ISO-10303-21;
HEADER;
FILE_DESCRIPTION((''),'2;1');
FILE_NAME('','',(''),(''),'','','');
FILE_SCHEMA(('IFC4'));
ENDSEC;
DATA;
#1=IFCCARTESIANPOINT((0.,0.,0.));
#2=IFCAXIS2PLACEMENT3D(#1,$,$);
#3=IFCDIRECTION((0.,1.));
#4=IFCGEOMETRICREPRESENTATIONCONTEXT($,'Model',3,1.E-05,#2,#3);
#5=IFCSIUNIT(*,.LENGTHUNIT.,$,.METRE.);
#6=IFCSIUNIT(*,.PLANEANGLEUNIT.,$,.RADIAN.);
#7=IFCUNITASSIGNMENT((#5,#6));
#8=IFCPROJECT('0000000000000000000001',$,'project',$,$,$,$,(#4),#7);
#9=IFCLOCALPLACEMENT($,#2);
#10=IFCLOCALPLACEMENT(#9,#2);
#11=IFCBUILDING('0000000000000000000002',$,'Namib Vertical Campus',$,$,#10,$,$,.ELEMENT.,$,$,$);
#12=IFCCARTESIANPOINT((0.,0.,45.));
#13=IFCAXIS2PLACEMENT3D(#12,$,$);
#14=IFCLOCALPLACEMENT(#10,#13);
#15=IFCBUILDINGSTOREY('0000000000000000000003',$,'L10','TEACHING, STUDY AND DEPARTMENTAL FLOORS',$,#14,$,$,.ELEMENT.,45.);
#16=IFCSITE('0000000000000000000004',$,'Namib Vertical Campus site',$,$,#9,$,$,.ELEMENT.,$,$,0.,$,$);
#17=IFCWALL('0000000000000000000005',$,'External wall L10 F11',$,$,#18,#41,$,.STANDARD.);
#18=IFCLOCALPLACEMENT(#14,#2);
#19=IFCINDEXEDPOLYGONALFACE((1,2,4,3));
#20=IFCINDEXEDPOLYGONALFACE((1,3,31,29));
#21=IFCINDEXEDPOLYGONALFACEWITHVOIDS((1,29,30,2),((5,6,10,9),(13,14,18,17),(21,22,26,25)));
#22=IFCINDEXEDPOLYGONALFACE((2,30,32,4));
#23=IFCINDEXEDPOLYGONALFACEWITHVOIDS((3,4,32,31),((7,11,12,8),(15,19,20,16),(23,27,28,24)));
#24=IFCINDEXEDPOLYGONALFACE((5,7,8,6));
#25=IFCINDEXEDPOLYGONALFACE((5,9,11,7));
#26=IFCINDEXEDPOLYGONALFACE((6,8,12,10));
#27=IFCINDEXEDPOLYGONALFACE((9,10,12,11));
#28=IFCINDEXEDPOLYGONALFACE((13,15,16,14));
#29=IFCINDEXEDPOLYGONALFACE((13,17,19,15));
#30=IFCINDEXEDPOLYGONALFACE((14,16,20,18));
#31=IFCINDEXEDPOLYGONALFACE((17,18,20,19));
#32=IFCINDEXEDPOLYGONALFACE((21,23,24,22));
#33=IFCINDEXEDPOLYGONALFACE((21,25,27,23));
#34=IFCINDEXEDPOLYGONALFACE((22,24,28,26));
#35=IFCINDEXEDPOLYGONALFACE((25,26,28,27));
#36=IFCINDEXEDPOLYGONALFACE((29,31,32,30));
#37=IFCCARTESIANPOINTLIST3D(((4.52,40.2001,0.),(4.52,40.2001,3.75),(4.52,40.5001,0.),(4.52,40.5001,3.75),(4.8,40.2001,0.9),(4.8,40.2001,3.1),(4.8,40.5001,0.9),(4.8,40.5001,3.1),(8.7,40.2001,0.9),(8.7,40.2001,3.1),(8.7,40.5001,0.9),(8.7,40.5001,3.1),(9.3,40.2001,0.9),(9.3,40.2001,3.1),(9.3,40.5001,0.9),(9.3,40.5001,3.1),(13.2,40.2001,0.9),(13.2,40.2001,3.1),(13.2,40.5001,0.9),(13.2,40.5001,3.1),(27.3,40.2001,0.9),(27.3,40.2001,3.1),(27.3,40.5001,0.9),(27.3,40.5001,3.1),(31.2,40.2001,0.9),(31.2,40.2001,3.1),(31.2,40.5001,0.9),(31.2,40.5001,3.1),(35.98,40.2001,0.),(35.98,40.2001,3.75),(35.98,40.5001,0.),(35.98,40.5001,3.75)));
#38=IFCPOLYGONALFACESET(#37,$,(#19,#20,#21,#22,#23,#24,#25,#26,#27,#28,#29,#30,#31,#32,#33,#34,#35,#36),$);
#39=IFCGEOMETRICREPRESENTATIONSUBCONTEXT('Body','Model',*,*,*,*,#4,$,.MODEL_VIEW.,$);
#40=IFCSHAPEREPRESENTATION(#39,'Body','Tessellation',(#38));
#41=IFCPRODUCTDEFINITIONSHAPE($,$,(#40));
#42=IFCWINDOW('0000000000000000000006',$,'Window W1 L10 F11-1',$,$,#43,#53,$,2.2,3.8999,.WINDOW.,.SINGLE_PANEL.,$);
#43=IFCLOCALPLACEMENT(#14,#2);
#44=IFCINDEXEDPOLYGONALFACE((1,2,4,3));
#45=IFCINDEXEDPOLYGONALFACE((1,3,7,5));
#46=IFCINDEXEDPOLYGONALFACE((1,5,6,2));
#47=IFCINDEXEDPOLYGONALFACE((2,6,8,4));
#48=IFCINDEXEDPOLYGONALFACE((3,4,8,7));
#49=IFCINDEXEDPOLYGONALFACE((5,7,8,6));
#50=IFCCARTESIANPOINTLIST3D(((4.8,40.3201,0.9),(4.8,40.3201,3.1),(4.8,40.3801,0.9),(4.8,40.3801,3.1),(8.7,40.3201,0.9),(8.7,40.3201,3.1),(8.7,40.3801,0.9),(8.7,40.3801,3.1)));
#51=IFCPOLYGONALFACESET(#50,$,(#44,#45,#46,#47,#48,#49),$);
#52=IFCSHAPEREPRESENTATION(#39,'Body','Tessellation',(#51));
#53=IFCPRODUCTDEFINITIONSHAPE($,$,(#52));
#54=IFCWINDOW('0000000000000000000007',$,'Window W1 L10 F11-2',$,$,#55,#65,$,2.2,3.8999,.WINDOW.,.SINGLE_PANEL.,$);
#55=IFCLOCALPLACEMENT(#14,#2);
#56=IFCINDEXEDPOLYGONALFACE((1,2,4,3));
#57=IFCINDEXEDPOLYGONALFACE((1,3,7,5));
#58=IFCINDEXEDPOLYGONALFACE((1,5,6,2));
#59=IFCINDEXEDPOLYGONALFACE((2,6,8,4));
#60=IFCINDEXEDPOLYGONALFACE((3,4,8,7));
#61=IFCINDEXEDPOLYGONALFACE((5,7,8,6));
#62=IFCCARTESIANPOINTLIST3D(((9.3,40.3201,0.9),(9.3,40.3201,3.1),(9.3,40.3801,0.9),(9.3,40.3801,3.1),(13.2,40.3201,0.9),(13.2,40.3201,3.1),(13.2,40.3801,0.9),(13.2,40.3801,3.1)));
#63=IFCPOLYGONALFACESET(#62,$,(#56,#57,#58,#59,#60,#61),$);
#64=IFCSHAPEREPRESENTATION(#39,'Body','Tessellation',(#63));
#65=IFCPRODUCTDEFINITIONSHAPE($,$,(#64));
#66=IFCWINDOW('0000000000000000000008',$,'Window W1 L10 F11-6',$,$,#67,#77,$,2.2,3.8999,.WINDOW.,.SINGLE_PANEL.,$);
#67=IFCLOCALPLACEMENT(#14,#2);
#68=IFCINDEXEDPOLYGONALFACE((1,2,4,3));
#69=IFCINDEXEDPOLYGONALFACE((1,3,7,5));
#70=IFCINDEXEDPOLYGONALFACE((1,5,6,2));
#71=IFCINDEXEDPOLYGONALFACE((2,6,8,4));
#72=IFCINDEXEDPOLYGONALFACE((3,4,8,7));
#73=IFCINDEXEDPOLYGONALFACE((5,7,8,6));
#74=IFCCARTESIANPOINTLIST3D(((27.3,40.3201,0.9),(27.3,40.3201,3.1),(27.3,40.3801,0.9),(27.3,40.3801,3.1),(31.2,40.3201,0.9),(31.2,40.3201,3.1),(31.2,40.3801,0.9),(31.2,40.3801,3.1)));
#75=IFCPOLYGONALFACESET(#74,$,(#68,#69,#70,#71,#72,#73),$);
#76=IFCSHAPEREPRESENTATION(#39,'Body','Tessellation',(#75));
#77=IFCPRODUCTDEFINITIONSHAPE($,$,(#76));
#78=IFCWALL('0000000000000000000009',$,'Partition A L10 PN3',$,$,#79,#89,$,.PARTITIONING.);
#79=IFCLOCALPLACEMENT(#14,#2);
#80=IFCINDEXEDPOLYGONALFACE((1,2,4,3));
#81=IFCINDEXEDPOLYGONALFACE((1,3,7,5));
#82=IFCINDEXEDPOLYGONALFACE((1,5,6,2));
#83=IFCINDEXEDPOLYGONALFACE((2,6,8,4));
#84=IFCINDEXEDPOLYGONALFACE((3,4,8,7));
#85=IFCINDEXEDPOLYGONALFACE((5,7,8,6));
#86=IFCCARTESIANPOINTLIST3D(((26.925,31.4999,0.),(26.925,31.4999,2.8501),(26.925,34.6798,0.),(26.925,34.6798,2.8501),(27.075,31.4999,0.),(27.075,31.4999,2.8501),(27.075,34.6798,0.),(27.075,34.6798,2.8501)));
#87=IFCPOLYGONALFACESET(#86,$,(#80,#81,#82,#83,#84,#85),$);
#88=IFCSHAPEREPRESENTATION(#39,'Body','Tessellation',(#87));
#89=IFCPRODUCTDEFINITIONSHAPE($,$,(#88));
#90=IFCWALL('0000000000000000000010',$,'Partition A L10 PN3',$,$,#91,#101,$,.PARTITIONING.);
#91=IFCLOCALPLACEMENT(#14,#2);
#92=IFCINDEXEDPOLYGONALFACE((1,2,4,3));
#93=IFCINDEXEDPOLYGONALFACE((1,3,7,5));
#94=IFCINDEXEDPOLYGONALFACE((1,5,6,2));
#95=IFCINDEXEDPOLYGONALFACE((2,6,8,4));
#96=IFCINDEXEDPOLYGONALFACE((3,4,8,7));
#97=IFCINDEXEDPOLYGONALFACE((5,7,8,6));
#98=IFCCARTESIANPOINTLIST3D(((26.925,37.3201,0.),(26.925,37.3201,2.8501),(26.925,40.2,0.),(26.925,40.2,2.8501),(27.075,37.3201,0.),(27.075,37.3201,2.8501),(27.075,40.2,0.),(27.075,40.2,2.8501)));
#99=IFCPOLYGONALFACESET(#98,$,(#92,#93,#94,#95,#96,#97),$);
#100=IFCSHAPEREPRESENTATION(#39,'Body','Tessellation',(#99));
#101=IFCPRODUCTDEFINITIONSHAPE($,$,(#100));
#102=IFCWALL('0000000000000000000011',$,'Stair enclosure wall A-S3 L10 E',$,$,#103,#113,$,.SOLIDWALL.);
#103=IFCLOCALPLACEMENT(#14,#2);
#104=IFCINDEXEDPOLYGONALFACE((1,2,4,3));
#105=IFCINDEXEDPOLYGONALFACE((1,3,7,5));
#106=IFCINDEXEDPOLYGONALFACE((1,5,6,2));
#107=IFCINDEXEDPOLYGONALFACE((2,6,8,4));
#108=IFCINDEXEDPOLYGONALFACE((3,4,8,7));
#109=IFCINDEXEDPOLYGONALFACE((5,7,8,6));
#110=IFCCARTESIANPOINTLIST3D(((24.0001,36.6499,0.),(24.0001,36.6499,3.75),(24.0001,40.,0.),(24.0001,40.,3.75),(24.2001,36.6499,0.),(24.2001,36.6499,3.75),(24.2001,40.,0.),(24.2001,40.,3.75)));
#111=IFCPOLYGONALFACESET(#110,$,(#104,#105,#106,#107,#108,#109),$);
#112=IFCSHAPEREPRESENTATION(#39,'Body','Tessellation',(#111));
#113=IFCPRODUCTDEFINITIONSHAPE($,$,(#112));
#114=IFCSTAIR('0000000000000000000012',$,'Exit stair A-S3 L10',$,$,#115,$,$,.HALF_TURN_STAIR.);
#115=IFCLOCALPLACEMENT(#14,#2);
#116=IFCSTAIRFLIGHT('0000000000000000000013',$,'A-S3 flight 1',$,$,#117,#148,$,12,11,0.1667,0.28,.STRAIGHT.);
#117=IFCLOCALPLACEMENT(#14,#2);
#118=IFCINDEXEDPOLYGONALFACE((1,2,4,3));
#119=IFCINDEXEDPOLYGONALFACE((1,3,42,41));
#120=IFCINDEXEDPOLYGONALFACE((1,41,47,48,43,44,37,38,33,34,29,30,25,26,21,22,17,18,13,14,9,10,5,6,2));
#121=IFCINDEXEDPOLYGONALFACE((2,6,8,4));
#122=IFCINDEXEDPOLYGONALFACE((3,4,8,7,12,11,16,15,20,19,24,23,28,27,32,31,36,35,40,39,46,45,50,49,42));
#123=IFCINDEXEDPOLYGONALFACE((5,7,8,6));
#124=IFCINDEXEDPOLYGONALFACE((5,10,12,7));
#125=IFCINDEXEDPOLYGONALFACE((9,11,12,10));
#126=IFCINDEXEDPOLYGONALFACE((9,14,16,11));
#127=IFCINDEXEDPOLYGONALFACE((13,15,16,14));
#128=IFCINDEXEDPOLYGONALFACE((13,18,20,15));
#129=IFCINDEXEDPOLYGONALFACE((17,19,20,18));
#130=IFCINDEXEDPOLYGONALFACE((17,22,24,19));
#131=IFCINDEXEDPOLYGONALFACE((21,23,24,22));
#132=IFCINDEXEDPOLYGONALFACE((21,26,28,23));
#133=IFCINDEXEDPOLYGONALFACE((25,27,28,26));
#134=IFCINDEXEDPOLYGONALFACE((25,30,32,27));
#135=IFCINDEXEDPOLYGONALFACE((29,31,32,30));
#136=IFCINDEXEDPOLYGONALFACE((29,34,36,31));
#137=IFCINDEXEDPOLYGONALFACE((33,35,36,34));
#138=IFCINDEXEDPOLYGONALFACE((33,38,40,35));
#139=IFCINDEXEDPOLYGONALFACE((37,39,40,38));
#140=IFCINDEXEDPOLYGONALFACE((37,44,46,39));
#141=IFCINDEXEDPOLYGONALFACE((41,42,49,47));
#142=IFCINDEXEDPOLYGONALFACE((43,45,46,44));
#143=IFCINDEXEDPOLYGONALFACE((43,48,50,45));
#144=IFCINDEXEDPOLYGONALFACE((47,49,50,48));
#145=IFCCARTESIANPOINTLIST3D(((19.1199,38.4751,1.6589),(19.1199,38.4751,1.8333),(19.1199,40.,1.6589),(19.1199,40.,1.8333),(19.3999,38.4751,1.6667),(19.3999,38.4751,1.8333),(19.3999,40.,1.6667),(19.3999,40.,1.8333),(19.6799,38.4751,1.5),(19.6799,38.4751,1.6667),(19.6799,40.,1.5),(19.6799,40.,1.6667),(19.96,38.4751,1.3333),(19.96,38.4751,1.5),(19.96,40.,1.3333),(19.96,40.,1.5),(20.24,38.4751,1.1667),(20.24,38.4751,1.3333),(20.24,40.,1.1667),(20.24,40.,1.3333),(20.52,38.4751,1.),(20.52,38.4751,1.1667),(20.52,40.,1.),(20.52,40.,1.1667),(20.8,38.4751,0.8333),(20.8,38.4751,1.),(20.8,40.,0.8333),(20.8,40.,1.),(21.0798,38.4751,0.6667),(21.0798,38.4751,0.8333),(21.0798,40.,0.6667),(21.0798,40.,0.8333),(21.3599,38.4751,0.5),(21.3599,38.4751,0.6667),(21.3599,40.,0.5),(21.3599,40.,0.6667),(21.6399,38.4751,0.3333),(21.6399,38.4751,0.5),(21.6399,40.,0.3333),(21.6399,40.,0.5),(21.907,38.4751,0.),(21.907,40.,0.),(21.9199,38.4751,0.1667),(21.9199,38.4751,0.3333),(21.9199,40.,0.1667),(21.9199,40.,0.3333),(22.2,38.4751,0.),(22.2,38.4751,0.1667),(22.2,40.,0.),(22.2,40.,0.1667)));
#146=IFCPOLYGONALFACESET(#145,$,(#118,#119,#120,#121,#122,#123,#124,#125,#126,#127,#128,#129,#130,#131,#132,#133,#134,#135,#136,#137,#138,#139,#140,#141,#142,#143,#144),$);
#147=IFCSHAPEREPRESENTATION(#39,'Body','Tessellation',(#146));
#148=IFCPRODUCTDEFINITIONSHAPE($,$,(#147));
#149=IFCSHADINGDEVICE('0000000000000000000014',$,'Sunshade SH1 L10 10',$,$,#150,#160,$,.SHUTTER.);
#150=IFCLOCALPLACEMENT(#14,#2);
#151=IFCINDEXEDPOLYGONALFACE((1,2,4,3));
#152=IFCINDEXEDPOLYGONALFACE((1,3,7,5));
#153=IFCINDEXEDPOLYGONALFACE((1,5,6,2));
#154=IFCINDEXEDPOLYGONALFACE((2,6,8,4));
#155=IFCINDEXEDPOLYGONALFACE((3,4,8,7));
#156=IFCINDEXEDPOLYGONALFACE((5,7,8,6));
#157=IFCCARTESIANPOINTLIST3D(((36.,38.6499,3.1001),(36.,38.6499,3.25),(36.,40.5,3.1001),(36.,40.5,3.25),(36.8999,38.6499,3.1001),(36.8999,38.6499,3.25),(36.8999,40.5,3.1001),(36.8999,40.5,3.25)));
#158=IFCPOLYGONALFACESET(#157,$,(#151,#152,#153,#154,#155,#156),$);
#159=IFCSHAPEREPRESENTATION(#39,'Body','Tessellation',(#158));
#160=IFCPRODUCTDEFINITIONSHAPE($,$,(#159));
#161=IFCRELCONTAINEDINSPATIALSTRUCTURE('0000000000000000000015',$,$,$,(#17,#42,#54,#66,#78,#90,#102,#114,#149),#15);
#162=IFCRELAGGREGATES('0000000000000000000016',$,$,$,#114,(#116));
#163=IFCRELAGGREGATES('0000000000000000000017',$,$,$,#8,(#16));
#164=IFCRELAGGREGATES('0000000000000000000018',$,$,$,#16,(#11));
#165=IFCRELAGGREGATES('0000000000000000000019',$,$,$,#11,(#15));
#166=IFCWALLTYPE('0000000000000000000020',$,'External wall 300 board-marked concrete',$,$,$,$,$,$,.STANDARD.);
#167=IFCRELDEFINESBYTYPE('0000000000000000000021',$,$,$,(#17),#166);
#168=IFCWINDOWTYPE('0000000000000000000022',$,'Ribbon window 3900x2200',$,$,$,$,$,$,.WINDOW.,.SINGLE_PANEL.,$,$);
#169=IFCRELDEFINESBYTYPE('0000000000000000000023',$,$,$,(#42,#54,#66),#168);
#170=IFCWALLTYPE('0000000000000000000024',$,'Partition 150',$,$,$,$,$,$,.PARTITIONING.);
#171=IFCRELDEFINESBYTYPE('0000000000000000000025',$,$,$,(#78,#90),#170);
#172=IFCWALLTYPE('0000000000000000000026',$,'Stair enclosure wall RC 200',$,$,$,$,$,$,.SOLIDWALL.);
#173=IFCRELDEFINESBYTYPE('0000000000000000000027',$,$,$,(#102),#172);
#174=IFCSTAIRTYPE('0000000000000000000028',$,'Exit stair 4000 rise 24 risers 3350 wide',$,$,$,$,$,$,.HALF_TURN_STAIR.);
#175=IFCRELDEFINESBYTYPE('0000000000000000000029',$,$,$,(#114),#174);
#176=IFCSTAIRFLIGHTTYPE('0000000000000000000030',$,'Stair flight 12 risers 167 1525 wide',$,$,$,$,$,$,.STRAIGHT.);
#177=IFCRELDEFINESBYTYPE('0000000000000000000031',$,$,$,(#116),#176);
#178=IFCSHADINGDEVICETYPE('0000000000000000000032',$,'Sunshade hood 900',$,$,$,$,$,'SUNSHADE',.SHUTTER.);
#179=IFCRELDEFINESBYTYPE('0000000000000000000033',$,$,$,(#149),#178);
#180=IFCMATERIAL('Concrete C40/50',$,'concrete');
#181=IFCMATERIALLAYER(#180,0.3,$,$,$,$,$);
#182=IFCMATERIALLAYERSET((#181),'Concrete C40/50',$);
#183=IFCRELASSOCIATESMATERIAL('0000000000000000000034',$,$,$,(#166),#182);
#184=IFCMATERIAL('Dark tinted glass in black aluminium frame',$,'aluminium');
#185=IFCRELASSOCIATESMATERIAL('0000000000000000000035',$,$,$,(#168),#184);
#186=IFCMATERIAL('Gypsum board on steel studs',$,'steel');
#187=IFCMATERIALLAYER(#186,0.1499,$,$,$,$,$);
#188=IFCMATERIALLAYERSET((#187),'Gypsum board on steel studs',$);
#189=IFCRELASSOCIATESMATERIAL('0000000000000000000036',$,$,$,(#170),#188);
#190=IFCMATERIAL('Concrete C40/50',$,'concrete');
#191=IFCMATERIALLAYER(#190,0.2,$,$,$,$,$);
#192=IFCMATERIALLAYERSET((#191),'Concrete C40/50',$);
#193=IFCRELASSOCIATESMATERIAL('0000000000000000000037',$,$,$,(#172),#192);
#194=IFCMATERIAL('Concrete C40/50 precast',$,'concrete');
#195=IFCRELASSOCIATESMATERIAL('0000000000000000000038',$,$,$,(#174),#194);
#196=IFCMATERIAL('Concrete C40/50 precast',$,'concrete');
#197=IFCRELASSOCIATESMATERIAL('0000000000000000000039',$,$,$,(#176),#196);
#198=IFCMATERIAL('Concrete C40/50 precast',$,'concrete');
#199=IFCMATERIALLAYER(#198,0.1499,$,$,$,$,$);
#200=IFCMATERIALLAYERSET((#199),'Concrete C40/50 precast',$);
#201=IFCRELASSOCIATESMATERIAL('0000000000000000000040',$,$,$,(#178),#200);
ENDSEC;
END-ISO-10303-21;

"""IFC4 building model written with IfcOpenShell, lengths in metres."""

from ifc_helpers import new_model, si_unit, direction, frame, frame_2d, origin, origin_2d, place, context, subcontext, project, spatial, polyline, rectangle, outline, extrude, material, layer, layer_set, type_object, element, fill, aggregate, save


model = new_model("IFC4")

# Units and contexts
model_context = context("Model", 3, precision=1e-05, world=origin(), true_north=direction((0.0, 1.0)))
body_context = subcontext(model_context, "Body", "Model", "MODEL_VIEW")
ifc_project = project(units=[si_unit("LENGTHUNIT", "METRE"), si_unit("PLANEANGLEUNIT", "RADIAN")], contexts=[model_context])

# Site, building, storey
site_placement = place(None, origin())
site = spatial("IfcSite", under=ifc_project, at=site_placement, Name="Namib Vertical Campus site", CompositionType="ELEMENT", RefElevation=0.0)
building_placement = place(site_placement, origin())
building = spatial("IfcBuilding", under=site, at=building_placement, Name="Namib Vertical Campus", CompositionType="ELEMENT")
storey_placement = place(building_placement, frame((0.0, 0.0, 45.0)))
storey = spatial("IfcBuildingStorey", under=building, at=storey_placement, Name="L10", Description="TEACHING, STUDY AND DEPARTMENTAL FLOORS", CompositionType="ELEMENT", Elevation=45.0)

# Shared definitions
ifc_material_1 = material(Name="Concrete C40/50", Category="concrete")
ifc_layer_1 = layer(ifc_material_1, 0.3)
ifc_layer_set_1 = layer_set([ifc_layer_1], Name="Concrete C40/50")
wall_type_1 = type_object("IfcWallType", Name="External wall 300 board-marked concrete", PredefinedType="STANDARD", material=ifc_layer_set_1)

# Wall, openings, windows
wall_1_placement = place(storey_placement, frame((35.98, 40.3501, 0.0), z_axis=(0.0, 0.0, 1.0), x_axis=(-1.0, 0.0, 0.0)))
wall_1 = element("IfcWall", 1, at=wall_1_placement, inside=storey, type_object=wall_type_1, Name="External wall L10 F11", PredefinedType="STANDARD", context=body_context, shape_type="SweptSolid", body=[
    extrude(rectangle(XDim=31.46, YDim=0.3, at=frame_2d((15.73, 0.0))), origin(), (0.0, 0.0, 1.0), 3.75),
])
opening_1_placement = place(wall_1_placement, frame((27.28, 0.0, 0.8999)))
opening_1 = element("IfcOpeningElement", 2, at=opening_1_placement, cuts=wall_1, PredefinedType="OPENING", context=body_context, shape_type="SweptSolid", body=[
    extrude(rectangle(XDim=3.8999, YDim=2.2, at=frame_2d((1.95, 1.1001))), frame((0.0, 0.1599, 0.0), z_axis=(0.0, -1.0, 0.0), x_axis=(1.0, 0.0, 0.0)), (0.0, 0.0, 1.0), 0.3201),
])
opening_2_placement = place(wall_1_placement, frame((22.78, 0.0, 0.8999)))
opening_2 = element("IfcOpeningElement", 3, at=opening_2_placement, cuts=wall_1, PredefinedType="OPENING", context=body_context, shape_type="SweptSolid", body=[
    extrude(rectangle(XDim=3.8999, YDim=2.2, at=frame_2d((1.95, 1.1001))), frame((0.0, 0.1599, 0.0), z_axis=(0.0, -1.0, 0.0), x_axis=(1.0, 0.0, 0.0)), (0.0, 0.0, 1.0), 0.3201),
])
opening_3_placement = place(wall_1_placement, frame((4.78, 0.0, 0.8999)))
opening_3 = element("IfcOpeningElement", 4, at=opening_3_placement, cuts=wall_1, PredefinedType="OPENING", context=body_context, shape_type="SweptSolid", body=[
    extrude(rectangle(XDim=3.8999, YDim=2.2, at=frame_2d((1.95, 1.1001))), frame((0.0, 0.1599, 0.0), z_axis=(0.0, -1.0, 0.0), x_axis=(1.0, 0.0, 0.0)), (0.0, 0.0, 1.0), 0.3201),
])
ifc_material_2 = material(Name="Dark tinted glass in black aluminium frame", Category="aluminium")
window_type = type_object("IfcWindowType", Name="Ribbon window 3900x2200", PartitioningType="SINGLE_PANEL", PredefinedType="WINDOW", material=ifc_material_2)
window_1_placement = place(opening_1_placement, origin())
window_1 = element("IfcWindow", 5, at=window_1_placement, inside=storey, type_object=window_type, Name="Window W1 L10 F11-1", OverallHeight=2.2, OverallWidth=3.8999, PartitioningType="SINGLE_PANEL", PredefinedType="WINDOW", context=body_context, shape_type="SweptSolid", body=[
    extrude(rectangle(XDim=3.8999, YDim=2.2, at=frame_2d((1.95, 1.1001))), frame((0.0, 0.03, 0.0), z_axis=(0.0, -1.0, 0.0), x_axis=(1.0, 0.0, 0.0)), (0.0, 0.0, 1.0), 0.0601),
])
fill(opening_1, window_1)
window_2_placement = place(opening_2_placement, origin())
window_2 = element("IfcWindow", 6, at=window_2_placement, inside=storey, type_object=window_type, Name="Window W1 L10 F11-2", OverallHeight=2.2, OverallWidth=3.8999, PartitioningType="SINGLE_PANEL", PredefinedType="WINDOW", context=body_context, shape_type="SweptSolid", body=[
    extrude(rectangle(XDim=3.8999, YDim=2.2, at=frame_2d((1.95, 1.1001))), frame((0.0, 0.03, 0.0), z_axis=(0.0, -1.0, 0.0), x_axis=(1.0, 0.0, 0.0)), (0.0, 0.0, 1.0), 0.0601),
])
fill(opening_2, window_2)
window_3_placement = place(opening_3_placement, origin())
window_3 = element("IfcWindow", 7, at=window_3_placement, inside=storey, type_object=window_type, Name="Window W1 L10 F11-6", OverallHeight=2.2, OverallWidth=3.8999, PartitioningType="SINGLE_PANEL", PredefinedType="WINDOW", context=body_context, shape_type="SweptSolid", body=[
    extrude(rectangle(XDim=3.8999, YDim=2.2, at=frame_2d((1.95, 1.1001))), frame((0.0, 0.03, 0.0), z_axis=(0.0, -1.0, 0.0), x_axis=(1.0, 0.0, 0.0)), (0.0, 0.0, 1.0), 0.0601),
])
fill(opening_3, window_3)

# Walls
ifc_material_3 = material(Name="Gypsum board on steel studs", Category="steel")
ifc_layer_2 = layer(ifc_material_3, 0.1499)
ifc_layer_set_2 = layer_set([ifc_layer_2], Name="Gypsum board on steel studs")
wall_type_2 = type_object("IfcWallType", Name="Partition 150", PredefinedType="PARTITIONING", material=ifc_layer_set_2)
wall_2_placement = place(storey_placement, frame((27.0, 31.5, 0.0), z_axis=(0.0, 0.0, 1.0), x_axis=(0.0, 1.0, 0.0)))
element("IfcWall", 8, at=wall_2_placement, inside=storey, type_object=wall_type_2, Name="Partition A L10 PN3", PredefinedType="PARTITIONING", context=body_context, shape_type="SweptSolid", body=[
    extrude(rectangle(XDim=3.1799, YDim=0.1499, at=frame_2d((1.5898, 0.0))), origin(), (0.0, 0.0, 1.0), 2.8501),
])
wall_3_placement = place(storey_placement, frame((27.0, 37.3201, 0.0), z_axis=(0.0, 0.0, 1.0), x_axis=(0.0, 1.0, 0.0)))
element("IfcWall", 9, at=wall_3_placement, inside=storey, type_object=wall_type_2, Name="Partition A L10 PN3", PredefinedType="PARTITIONING", context=body_context, shape_type="SweptSolid", body=[
    extrude(rectangle(XDim=2.8799, YDim=0.1499, at=frame_2d((1.4399, 0.0))), origin(), (0.0, 0.0, 1.0), 2.8501),
])
ifc_material_4 = material(Name="Concrete C40/50", Category="concrete")
ifc_layer_3 = layer(ifc_material_4, 0.2)
ifc_layer_set_3 = layer_set([ifc_layer_3], Name="Concrete C40/50")
wall_type_3 = type_object("IfcWallType", Name="Stair enclosure wall RC 200", PredefinedType="SOLIDWALL", material=ifc_layer_set_3)
wall_4_placement = place(storey_placement, frame((24.1001, 36.6499, 0.0), z_axis=(0.0, 0.0, 1.0), x_axis=(0.0, 1.0, 0.0)))
element("IfcWall", 10, at=wall_4_placement, inside=storey, type_object=wall_type_3, Name="Stair enclosure wall A-S3 L10 E", PredefinedType="SOLIDWALL", context=body_context, shape_type="SweptSolid", body=[
    extrude(rectangle(XDim=3.3501, YDim=0.2, at=frame_2d((1.675, 0.0))), origin(), (0.0, 0.0, 1.0), 3.75),
])

# Stair, stair flight
ifc_material_5 = material(Name="Concrete C40/50 precast", Category="concrete")
stair_type = type_object("IfcStairType", Name="Exit stair 4000 rise 24 risers 3350 wide", PredefinedType="HALF_TURN_STAIR", material=ifc_material_5)
stair_placement = place(storey_placement, origin())
stair = element("IfcStair", 11, at=stair_placement, inside=storey, type_object=stair_type, Name="Exit stair A-S3 L10", PredefinedType="HALF_TURN_STAIR")
ifc_material_6 = material(Name="Concrete C40/50 precast", Category="concrete")
stair_flight_type = type_object("IfcStairFlightType", Name="Stair flight 12 risers 167 1525 wide", PredefinedType="STRAIGHT", material=ifc_material_6)
stair_flight_placement = place(storey_placement, frame((22.2, 39.2375, 0.0), z_axis=(0.0, 0.0, 1.0), x_axis=(-1.0, 0.0, 0.0)))
stair_flight = element("IfcStairFlight", 12, at=stair_flight_placement, type_object=stair_flight_type, Name="A-S3 flight 1", NumberOfRisers=12, NumberOfTreads=11, PredefinedType="STRAIGHT", RiserHeight=0.1667, TreadLength=0.28, context=body_context, shape_type="SweptSolid", body=[
    extrude(outline(polyline([(0.0, 0.0), (0.0, 0.1667), (0.28, 0.1667), (0.28, 0.3333), (0.5601, 0.3333), (0.5601, 0.5), (0.8401, 0.5), (0.8401, 0.6667), (1.1201, 0.6667), (1.1201, 0.8333), (1.3999, 0.8333), (1.3999, 1.0), (1.6799, 1.0), (1.6799, 1.1667), (1.96, 1.1667), (1.96, 1.3333), (2.24, 1.3333), (2.24, 1.5), (2.52, 1.5), (2.52, 1.6667), (2.8, 1.6667), (2.8, 1.8333), (3.0801, 1.8333), (3.0801, 2.0), (3.0801, 1.6589), (0.293, 0.0), (0.0, 0.0)])), frame((0.0, 0.7625, 0.0), z_axis=(0.0, -1.0, 0.0), x_axis=(1.0, 0.0, 0.0)), (0.0, 0.0, 1.0), 1.5249),
])
aggregate(stair, [stair_flight])

# Shading device
ifc_material_7 = material(Name="Concrete C40/50 precast", Category="concrete")
ifc_layer_4 = layer(ifc_material_7, 0.1499)
ifc_layer_set_4 = layer_set([ifc_layer_4], Name="Concrete C40/50 precast")
shading_device_type = type_object("IfcShadingDeviceType", Name="Sunshade hood 900", ElementType="SUNSHADE", PredefinedType="SHUTTER", material=ifc_layer_set_4)
shading_device_placement = place(storey_placement, frame((36.45, 39.575, 3.1001), z_axis=(0.0, 0.0, 1.0), x_axis=(0.0, 1.0, 0.0)))
element("IfcShadingDevice", 13, at=shading_device_placement, inside=storey, type_object=shading_device_type, Name="Sunshade SH1 L10 10", PredefinedType="SHUTTER", context=body_context, shape_type="SweptSolid", body=[
    extrude(rectangle(XDim=1.8501, YDim=0.8999, at=origin_2d()), origin(), (0.0, 0.0, 1.0), 0.1499),
])

save(model, "model.ifc")
